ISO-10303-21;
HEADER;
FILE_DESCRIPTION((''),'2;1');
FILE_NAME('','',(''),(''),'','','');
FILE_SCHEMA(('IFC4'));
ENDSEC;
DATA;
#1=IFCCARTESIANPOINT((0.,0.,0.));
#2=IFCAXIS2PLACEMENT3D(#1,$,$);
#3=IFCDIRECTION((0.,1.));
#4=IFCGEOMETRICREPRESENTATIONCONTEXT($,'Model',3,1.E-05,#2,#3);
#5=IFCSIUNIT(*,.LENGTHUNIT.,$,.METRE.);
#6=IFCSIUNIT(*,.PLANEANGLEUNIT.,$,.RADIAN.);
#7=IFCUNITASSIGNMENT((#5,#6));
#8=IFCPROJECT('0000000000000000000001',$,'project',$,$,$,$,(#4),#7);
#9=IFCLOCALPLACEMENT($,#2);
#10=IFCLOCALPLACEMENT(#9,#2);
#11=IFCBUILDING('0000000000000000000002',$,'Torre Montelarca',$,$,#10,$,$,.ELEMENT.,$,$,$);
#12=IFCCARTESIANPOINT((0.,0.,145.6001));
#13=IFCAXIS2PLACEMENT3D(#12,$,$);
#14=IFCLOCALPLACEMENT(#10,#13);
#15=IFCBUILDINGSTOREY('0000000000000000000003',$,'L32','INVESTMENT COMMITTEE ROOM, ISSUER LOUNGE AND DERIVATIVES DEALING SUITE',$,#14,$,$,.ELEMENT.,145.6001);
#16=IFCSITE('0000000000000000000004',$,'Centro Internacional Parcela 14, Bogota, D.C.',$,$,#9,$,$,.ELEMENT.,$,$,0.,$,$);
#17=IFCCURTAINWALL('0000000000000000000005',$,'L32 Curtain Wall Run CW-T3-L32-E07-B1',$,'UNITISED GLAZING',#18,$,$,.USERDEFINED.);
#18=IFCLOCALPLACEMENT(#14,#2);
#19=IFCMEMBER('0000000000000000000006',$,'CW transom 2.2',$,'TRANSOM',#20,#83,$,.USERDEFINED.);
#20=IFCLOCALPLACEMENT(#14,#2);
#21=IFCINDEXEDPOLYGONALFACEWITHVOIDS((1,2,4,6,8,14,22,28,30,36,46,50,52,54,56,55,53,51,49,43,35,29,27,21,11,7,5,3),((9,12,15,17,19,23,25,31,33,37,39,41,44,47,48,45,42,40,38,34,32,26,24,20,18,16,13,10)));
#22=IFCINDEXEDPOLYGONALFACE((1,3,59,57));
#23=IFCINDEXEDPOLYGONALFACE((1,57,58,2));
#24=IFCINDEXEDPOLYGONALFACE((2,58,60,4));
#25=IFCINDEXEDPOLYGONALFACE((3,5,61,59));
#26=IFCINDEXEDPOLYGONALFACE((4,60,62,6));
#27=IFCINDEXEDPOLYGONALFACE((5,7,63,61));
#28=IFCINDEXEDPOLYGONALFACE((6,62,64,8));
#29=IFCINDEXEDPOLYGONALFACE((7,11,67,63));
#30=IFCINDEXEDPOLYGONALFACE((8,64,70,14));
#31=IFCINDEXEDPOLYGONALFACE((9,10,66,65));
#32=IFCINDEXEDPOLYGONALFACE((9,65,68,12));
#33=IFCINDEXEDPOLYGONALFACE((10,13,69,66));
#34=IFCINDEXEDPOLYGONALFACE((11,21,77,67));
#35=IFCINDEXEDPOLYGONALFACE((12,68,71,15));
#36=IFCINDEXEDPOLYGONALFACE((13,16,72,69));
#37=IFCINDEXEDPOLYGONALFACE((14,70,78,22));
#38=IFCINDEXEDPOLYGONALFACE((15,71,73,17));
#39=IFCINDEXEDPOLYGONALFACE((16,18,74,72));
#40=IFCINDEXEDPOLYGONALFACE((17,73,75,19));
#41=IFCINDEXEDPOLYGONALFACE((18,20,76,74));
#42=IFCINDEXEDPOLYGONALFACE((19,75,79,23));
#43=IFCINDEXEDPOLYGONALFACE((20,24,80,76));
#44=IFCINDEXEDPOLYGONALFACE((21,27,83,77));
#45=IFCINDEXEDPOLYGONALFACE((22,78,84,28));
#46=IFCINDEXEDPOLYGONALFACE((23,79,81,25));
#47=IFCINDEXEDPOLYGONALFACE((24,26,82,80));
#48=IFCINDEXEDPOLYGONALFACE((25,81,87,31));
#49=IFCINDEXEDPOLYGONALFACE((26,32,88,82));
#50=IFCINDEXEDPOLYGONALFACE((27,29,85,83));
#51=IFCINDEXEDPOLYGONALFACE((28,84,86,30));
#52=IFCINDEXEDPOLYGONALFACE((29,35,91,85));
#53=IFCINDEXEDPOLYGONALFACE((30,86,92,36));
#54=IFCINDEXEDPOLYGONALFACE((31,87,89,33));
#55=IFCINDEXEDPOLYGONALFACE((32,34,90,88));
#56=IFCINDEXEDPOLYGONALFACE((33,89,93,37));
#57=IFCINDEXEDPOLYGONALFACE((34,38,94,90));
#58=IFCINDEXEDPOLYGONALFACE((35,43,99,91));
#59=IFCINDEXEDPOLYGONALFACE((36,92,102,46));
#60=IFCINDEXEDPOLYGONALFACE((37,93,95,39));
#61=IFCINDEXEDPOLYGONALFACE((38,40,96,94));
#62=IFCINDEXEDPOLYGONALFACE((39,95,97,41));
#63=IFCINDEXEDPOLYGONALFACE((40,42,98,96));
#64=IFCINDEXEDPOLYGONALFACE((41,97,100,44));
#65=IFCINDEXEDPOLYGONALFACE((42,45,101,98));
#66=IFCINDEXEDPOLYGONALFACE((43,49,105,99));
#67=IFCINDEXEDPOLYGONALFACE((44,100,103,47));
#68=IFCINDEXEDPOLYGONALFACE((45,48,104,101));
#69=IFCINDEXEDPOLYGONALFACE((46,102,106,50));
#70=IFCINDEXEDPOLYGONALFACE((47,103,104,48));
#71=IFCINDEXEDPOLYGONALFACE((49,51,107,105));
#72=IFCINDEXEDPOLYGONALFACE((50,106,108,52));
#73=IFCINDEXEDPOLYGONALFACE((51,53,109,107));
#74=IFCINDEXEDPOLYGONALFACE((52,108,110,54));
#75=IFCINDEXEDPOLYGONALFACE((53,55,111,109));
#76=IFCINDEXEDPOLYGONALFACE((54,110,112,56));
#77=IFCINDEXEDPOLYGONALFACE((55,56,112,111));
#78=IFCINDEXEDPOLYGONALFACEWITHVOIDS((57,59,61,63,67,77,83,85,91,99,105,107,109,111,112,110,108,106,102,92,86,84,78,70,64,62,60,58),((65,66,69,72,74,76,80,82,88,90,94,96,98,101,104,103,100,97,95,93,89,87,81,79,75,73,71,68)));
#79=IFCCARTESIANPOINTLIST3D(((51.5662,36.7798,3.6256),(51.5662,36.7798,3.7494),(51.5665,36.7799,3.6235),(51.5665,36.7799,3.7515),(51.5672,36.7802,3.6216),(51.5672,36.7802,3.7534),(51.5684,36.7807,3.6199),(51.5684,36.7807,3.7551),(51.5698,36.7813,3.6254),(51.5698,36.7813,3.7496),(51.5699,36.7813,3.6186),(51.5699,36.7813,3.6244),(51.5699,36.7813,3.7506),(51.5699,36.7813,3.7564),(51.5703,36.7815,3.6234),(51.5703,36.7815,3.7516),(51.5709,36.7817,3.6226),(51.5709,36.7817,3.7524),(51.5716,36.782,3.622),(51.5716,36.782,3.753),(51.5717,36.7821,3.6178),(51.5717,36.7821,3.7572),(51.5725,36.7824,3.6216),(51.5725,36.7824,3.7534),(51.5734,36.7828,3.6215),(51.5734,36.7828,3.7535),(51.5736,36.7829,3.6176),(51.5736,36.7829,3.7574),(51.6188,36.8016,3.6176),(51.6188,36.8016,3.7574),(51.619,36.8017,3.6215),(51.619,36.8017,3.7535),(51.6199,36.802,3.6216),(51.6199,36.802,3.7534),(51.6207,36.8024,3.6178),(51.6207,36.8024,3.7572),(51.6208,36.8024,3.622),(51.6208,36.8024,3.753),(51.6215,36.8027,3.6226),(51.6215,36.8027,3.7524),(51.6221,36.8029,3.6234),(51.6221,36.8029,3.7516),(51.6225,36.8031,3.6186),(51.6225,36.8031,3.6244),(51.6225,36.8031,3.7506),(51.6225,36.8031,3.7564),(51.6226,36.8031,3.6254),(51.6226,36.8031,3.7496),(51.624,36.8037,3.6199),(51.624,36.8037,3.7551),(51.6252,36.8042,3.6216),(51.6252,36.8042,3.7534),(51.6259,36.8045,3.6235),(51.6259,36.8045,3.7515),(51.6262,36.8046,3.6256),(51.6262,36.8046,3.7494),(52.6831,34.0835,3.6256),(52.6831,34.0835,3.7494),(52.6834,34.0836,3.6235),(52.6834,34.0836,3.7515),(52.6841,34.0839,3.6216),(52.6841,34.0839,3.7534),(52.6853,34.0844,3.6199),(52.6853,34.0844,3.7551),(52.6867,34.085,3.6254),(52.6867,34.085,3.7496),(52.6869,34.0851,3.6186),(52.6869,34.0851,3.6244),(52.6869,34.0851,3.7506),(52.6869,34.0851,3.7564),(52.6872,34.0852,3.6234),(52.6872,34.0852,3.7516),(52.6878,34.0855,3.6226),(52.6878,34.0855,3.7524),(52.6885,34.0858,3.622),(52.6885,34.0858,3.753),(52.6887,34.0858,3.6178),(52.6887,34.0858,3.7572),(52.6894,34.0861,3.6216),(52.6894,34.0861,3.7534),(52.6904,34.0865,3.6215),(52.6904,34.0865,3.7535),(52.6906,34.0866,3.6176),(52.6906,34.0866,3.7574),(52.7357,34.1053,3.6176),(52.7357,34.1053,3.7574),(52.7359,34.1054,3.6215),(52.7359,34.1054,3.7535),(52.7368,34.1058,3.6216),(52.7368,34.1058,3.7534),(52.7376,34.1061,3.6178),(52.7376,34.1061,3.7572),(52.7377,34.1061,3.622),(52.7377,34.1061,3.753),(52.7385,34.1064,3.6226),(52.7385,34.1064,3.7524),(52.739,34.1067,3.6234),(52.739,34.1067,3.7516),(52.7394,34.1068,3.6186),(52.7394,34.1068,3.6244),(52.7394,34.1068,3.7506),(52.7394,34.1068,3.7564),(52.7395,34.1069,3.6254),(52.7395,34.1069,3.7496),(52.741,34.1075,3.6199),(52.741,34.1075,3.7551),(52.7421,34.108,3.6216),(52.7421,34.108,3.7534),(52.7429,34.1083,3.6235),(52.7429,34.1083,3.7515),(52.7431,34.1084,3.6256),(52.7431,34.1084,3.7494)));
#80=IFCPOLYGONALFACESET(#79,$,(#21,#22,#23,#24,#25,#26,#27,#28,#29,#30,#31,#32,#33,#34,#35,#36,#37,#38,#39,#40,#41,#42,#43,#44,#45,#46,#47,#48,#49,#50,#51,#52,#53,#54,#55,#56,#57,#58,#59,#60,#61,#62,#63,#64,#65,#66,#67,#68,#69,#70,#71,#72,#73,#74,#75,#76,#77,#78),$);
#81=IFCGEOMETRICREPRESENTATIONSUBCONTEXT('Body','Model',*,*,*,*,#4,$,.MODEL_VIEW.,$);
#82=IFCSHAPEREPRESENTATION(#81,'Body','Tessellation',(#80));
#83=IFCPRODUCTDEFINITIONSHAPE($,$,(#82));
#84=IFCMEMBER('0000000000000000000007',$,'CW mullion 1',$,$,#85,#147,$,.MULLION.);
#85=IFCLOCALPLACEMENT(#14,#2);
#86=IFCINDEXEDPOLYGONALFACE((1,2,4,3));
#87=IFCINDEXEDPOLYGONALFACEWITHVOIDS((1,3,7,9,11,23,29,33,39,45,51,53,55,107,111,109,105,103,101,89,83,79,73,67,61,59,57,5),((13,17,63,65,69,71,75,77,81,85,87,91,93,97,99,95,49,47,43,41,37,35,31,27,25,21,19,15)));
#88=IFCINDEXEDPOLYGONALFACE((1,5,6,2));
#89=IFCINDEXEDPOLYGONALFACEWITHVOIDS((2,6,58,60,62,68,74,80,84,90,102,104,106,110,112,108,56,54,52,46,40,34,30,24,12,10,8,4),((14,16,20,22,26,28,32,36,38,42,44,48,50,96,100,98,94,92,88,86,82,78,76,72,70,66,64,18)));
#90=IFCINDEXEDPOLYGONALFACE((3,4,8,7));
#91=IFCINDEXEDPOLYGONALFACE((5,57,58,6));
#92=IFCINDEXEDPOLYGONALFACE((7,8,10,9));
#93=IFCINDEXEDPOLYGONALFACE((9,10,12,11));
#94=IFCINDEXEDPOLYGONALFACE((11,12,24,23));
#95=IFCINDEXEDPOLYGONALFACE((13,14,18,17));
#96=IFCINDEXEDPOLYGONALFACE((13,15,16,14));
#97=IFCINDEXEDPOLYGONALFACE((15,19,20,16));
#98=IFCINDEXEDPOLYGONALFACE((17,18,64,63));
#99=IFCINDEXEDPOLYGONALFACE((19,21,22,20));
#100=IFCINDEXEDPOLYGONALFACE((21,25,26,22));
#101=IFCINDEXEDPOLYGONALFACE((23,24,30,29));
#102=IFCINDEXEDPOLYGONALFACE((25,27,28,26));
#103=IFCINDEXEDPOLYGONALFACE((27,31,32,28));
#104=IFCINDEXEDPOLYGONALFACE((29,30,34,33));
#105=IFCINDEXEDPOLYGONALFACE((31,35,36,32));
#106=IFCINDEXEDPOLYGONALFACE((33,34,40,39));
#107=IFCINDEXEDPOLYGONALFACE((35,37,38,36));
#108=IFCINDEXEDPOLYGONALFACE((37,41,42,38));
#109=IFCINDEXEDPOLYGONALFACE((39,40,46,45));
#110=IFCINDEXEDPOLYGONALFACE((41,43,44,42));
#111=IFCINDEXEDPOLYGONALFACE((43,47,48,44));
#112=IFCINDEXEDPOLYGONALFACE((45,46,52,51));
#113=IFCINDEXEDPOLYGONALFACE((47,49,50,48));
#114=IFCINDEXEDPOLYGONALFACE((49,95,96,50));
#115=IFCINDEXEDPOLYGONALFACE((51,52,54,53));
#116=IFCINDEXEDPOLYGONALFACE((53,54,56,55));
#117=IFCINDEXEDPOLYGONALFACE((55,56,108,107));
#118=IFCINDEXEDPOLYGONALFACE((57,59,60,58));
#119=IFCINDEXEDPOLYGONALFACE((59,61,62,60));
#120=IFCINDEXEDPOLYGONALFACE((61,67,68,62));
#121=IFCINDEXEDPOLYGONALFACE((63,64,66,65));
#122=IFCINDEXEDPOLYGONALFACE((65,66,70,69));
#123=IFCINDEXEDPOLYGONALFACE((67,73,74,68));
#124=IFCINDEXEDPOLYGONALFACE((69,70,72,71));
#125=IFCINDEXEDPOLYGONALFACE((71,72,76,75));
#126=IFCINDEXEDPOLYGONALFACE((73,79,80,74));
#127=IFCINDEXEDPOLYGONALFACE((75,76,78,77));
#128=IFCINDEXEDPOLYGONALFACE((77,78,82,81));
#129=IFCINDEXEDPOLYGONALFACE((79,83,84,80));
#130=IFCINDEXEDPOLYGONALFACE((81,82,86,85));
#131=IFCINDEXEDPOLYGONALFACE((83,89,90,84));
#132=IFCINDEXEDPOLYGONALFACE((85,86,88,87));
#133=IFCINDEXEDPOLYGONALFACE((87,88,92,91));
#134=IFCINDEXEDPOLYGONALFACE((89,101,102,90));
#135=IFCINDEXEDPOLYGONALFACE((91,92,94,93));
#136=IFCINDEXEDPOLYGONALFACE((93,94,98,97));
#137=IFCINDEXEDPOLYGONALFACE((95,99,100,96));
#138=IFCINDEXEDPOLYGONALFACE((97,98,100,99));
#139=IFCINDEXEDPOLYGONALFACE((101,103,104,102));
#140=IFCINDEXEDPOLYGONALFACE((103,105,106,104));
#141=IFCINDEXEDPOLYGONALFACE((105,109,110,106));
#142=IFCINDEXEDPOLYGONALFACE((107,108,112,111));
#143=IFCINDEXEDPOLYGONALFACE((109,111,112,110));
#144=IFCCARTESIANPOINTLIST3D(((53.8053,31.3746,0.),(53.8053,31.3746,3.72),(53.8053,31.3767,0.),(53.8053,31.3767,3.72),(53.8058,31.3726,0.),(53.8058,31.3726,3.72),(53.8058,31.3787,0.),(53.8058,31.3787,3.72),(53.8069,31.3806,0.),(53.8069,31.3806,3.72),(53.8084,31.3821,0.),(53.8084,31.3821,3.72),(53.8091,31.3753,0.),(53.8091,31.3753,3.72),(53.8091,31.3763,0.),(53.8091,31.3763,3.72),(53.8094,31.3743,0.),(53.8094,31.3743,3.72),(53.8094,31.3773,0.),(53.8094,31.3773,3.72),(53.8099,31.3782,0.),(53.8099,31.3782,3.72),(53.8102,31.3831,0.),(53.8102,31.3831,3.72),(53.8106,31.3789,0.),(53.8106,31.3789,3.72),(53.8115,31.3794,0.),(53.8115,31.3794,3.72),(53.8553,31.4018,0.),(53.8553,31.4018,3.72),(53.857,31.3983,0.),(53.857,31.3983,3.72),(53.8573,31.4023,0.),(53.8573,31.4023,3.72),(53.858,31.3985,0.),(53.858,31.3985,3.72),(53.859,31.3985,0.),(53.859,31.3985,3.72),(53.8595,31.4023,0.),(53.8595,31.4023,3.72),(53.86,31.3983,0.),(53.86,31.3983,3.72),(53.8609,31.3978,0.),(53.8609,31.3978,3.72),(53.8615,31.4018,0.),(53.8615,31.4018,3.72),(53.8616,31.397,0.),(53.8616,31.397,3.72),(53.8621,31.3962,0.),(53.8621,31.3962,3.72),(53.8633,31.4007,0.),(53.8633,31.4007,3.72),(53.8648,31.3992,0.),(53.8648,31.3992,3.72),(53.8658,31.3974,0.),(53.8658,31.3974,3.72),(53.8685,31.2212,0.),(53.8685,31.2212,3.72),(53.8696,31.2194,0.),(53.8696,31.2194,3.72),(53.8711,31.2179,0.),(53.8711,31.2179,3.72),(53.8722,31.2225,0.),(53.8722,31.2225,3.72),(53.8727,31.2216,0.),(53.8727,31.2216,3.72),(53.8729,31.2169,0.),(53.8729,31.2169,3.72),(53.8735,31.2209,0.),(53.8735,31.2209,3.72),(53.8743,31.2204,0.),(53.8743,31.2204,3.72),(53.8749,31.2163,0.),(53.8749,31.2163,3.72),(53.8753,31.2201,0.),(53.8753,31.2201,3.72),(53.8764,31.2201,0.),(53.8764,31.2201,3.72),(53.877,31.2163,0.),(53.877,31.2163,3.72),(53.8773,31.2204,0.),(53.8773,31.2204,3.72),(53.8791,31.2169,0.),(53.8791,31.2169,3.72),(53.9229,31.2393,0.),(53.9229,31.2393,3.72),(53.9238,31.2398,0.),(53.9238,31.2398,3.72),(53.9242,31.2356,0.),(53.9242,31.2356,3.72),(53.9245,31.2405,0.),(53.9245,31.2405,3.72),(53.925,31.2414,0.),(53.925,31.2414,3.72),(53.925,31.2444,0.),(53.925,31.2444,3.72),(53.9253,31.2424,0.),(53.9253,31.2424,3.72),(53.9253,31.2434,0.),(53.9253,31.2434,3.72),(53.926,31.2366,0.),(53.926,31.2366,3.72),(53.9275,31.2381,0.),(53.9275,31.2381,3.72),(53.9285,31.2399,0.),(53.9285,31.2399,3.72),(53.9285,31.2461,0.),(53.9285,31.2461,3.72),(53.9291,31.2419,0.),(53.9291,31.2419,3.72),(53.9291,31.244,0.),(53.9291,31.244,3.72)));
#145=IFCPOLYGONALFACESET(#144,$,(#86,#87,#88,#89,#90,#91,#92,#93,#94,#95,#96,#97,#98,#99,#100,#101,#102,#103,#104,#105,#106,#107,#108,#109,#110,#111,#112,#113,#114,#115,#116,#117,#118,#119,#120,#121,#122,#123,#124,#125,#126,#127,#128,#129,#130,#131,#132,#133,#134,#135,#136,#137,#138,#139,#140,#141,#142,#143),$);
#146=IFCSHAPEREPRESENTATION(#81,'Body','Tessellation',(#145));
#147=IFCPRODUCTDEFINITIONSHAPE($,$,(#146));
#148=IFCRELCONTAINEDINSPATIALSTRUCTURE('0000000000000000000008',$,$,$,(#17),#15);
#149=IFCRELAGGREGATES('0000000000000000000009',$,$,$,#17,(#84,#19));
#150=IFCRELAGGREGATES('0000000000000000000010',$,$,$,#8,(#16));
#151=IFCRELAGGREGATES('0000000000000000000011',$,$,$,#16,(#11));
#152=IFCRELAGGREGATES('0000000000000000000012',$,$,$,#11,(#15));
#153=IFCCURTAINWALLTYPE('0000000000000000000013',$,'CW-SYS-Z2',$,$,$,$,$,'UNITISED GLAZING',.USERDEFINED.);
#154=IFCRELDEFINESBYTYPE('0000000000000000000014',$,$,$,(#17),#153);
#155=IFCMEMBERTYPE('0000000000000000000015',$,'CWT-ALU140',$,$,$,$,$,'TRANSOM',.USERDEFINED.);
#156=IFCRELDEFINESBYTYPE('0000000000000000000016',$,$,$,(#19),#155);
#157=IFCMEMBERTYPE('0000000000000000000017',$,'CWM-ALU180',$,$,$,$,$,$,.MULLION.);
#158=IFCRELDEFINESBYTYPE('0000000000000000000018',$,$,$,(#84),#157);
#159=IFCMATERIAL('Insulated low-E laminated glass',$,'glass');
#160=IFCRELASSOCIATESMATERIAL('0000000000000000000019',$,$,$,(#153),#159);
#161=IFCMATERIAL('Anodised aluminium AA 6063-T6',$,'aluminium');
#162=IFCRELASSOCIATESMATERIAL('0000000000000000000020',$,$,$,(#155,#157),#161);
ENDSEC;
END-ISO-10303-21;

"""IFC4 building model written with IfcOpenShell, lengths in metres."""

from ifc_helpers import new_model, si_unit, direction, frame, origin, origin_2d, place, context, subcontext, project, spatial, hollow_rectangle, extrude, source, transform, mapped, material, material_profile, profile_set, type_object, element, aggregate, save


model = new_model("IFC4")

# Units and contexts
model_context = context("Model", 3, precision=1e-05, world=origin(), true_north=direction((0.0, 1.0)))
body_context = subcontext(model_context, "Body", "Model", "MODEL_VIEW")
ifc_project = project(units=[si_unit("LENGTHUNIT", "METRE"), si_unit("PLANEANGLEUNIT", "RADIAN")], contexts=[model_context])

# Site, building, storey
site_placement = place(None, origin())
site = spatial("IfcSite", under=ifc_project, at=site_placement, Name="Centro Internacional Parcela 14, Bogota, D.C.", CompositionType="ELEMENT", RefElevation=0.0)
building_placement = place(site_placement, origin())
building = spatial("IfcBuilding", under=site, at=building_placement, Name="Torre Montelarca", CompositionType="ELEMENT")
storey_placement = place(building_placement, frame((0.0, 0.0, 145.6001)))
storey = spatial("IfcBuildingStorey", under=building, at=storey_placement, Name="L32", Description="INVESTMENT COMMITTEE ROOM, ISSUER LOUNGE AND DERIVATIVES DEALING SUITE", CompositionType="ELEMENT", Elevation=145.6001)

# Curtain wall, members
ifc_material_1 = material(Name="Insulated low-E laminated glass", Category="glass")
curtain_wall_type = type_object("IfcCurtainWallType", Name="CW-SYS-Z2", ElementType="UNITISED GLAZING", PredefinedType="USERDEFINED", material=ifc_material_1)
curtain_wall_1_placement = place(storey_placement, origin())
curtain_wall_1 = element("IfcCurtainWall", 1, at=curtain_wall_1_placement, inside=storey, type_object=curtain_wall_type, Name="L32 Curtain Wall Run CW-T3-L32-E07-B1", ObjectType="UNITISED GLAZING", PredefinedType="USERDEFINED")
ifc_material_2 = material(Name="Anodised aluminium AA 6063-T6", Category="aluminium")
ifc_material_profile_1 = material_profile(ifc_material_2, hollow_rectangle(XDim=0.0649, YDim=0.1399, WallThickness=0.0039, InnerFilletRadius=0.0039, OuterFilletRadius=0.0081, at=origin_2d()), Name="ALU65X140X4", Category="aluminium")
ifc_profile_set_1 = profile_set([ifc_material_profile_1], Name="Anodised aluminium AA 6063-T6")
member_type_1 = type_object("IfcMemberType", Name="CWT-ALU140", ElementType="TRANSOM", PredefinedType="USERDEFINED", material=ifc_profile_set_1)
shared_shape_1 = source(origin(), body_context, "Body", "SweptSolid", [
    extrude(hollow_rectangle(XDim=0.0649, YDim=0.1399, WallThickness=0.0039, InnerFilletRadius=0.0039, OuterFilletRadius=0.0081, at=origin_2d()), origin(), (0.0, 0.0, 1.0), 2.9185),
])
member_1_placement = place(storey_placement, frame((52.7131, 34.0959, 3.6875), z_axis=(-0.382714, 0.923867, 0.0), x_axis=(-0.923867, -0.382714, 0.0)))
member_1 = element("IfcMember", 2, at=member_1_placement, type_object=member_type_1, Name="CW transom 2.2", ObjectType="TRANSOM", PredefinedType="USERDEFINED", context=body_context, shape_type="MappedRepresentation", body=[
    mapped(shared_shape_1, transform((0.0, 0.0, 0.0), scale=1.0)),
])
ifc_material_profile_2 = material_profile(ifc_material_2, hollow_rectangle(XDim=0.0649, YDim=0.1799, WallThickness=0.0039, InnerFilletRadius=0.0039, OuterFilletRadius=0.0081, at=origin_2d()), Name="ALU65X180X4", Category="aluminium")
ifc_profile_set_2 = profile_set([ifc_material_profile_2], Name="Anodised aluminium AA 6063-T6")
member_type_2 = type_object("IfcMemberType", Name="CWM-ALU180", PredefinedType="MULLION", material=ifc_profile_set_2)
shared_shape_2 = source(origin(), body_context, "Body", "SweptSolid", [
    extrude(hollow_rectangle(XDim=0.0649, YDim=0.1799, WallThickness=0.0039, InnerFilletRadius=0.0039, OuterFilletRadius=0.0081, at=origin_2d()), origin(), (0.0, 0.0, 1.0), 3.72),
])
member_2_placement = place(storey_placement, frame((53.8672, 31.3093, 0.0), z_axis=(0.0, 0.0, 1.0), x_axis=(-0.923886, -0.382668, 0.0)))
member_2 = element("IfcMember", 3, at=member_2_placement, type_object=member_type_2, Name="CW mullion 1", PredefinedType="MULLION", context=body_context, shape_type="MappedRepresentation", body=[
    mapped(shared_shape_2, transform((0.0, 0.0, 0.0), scale=1.0)),
])

aggregate(curtain_wall_1, [member_2, member_1])

save(model, "model.ifc")
